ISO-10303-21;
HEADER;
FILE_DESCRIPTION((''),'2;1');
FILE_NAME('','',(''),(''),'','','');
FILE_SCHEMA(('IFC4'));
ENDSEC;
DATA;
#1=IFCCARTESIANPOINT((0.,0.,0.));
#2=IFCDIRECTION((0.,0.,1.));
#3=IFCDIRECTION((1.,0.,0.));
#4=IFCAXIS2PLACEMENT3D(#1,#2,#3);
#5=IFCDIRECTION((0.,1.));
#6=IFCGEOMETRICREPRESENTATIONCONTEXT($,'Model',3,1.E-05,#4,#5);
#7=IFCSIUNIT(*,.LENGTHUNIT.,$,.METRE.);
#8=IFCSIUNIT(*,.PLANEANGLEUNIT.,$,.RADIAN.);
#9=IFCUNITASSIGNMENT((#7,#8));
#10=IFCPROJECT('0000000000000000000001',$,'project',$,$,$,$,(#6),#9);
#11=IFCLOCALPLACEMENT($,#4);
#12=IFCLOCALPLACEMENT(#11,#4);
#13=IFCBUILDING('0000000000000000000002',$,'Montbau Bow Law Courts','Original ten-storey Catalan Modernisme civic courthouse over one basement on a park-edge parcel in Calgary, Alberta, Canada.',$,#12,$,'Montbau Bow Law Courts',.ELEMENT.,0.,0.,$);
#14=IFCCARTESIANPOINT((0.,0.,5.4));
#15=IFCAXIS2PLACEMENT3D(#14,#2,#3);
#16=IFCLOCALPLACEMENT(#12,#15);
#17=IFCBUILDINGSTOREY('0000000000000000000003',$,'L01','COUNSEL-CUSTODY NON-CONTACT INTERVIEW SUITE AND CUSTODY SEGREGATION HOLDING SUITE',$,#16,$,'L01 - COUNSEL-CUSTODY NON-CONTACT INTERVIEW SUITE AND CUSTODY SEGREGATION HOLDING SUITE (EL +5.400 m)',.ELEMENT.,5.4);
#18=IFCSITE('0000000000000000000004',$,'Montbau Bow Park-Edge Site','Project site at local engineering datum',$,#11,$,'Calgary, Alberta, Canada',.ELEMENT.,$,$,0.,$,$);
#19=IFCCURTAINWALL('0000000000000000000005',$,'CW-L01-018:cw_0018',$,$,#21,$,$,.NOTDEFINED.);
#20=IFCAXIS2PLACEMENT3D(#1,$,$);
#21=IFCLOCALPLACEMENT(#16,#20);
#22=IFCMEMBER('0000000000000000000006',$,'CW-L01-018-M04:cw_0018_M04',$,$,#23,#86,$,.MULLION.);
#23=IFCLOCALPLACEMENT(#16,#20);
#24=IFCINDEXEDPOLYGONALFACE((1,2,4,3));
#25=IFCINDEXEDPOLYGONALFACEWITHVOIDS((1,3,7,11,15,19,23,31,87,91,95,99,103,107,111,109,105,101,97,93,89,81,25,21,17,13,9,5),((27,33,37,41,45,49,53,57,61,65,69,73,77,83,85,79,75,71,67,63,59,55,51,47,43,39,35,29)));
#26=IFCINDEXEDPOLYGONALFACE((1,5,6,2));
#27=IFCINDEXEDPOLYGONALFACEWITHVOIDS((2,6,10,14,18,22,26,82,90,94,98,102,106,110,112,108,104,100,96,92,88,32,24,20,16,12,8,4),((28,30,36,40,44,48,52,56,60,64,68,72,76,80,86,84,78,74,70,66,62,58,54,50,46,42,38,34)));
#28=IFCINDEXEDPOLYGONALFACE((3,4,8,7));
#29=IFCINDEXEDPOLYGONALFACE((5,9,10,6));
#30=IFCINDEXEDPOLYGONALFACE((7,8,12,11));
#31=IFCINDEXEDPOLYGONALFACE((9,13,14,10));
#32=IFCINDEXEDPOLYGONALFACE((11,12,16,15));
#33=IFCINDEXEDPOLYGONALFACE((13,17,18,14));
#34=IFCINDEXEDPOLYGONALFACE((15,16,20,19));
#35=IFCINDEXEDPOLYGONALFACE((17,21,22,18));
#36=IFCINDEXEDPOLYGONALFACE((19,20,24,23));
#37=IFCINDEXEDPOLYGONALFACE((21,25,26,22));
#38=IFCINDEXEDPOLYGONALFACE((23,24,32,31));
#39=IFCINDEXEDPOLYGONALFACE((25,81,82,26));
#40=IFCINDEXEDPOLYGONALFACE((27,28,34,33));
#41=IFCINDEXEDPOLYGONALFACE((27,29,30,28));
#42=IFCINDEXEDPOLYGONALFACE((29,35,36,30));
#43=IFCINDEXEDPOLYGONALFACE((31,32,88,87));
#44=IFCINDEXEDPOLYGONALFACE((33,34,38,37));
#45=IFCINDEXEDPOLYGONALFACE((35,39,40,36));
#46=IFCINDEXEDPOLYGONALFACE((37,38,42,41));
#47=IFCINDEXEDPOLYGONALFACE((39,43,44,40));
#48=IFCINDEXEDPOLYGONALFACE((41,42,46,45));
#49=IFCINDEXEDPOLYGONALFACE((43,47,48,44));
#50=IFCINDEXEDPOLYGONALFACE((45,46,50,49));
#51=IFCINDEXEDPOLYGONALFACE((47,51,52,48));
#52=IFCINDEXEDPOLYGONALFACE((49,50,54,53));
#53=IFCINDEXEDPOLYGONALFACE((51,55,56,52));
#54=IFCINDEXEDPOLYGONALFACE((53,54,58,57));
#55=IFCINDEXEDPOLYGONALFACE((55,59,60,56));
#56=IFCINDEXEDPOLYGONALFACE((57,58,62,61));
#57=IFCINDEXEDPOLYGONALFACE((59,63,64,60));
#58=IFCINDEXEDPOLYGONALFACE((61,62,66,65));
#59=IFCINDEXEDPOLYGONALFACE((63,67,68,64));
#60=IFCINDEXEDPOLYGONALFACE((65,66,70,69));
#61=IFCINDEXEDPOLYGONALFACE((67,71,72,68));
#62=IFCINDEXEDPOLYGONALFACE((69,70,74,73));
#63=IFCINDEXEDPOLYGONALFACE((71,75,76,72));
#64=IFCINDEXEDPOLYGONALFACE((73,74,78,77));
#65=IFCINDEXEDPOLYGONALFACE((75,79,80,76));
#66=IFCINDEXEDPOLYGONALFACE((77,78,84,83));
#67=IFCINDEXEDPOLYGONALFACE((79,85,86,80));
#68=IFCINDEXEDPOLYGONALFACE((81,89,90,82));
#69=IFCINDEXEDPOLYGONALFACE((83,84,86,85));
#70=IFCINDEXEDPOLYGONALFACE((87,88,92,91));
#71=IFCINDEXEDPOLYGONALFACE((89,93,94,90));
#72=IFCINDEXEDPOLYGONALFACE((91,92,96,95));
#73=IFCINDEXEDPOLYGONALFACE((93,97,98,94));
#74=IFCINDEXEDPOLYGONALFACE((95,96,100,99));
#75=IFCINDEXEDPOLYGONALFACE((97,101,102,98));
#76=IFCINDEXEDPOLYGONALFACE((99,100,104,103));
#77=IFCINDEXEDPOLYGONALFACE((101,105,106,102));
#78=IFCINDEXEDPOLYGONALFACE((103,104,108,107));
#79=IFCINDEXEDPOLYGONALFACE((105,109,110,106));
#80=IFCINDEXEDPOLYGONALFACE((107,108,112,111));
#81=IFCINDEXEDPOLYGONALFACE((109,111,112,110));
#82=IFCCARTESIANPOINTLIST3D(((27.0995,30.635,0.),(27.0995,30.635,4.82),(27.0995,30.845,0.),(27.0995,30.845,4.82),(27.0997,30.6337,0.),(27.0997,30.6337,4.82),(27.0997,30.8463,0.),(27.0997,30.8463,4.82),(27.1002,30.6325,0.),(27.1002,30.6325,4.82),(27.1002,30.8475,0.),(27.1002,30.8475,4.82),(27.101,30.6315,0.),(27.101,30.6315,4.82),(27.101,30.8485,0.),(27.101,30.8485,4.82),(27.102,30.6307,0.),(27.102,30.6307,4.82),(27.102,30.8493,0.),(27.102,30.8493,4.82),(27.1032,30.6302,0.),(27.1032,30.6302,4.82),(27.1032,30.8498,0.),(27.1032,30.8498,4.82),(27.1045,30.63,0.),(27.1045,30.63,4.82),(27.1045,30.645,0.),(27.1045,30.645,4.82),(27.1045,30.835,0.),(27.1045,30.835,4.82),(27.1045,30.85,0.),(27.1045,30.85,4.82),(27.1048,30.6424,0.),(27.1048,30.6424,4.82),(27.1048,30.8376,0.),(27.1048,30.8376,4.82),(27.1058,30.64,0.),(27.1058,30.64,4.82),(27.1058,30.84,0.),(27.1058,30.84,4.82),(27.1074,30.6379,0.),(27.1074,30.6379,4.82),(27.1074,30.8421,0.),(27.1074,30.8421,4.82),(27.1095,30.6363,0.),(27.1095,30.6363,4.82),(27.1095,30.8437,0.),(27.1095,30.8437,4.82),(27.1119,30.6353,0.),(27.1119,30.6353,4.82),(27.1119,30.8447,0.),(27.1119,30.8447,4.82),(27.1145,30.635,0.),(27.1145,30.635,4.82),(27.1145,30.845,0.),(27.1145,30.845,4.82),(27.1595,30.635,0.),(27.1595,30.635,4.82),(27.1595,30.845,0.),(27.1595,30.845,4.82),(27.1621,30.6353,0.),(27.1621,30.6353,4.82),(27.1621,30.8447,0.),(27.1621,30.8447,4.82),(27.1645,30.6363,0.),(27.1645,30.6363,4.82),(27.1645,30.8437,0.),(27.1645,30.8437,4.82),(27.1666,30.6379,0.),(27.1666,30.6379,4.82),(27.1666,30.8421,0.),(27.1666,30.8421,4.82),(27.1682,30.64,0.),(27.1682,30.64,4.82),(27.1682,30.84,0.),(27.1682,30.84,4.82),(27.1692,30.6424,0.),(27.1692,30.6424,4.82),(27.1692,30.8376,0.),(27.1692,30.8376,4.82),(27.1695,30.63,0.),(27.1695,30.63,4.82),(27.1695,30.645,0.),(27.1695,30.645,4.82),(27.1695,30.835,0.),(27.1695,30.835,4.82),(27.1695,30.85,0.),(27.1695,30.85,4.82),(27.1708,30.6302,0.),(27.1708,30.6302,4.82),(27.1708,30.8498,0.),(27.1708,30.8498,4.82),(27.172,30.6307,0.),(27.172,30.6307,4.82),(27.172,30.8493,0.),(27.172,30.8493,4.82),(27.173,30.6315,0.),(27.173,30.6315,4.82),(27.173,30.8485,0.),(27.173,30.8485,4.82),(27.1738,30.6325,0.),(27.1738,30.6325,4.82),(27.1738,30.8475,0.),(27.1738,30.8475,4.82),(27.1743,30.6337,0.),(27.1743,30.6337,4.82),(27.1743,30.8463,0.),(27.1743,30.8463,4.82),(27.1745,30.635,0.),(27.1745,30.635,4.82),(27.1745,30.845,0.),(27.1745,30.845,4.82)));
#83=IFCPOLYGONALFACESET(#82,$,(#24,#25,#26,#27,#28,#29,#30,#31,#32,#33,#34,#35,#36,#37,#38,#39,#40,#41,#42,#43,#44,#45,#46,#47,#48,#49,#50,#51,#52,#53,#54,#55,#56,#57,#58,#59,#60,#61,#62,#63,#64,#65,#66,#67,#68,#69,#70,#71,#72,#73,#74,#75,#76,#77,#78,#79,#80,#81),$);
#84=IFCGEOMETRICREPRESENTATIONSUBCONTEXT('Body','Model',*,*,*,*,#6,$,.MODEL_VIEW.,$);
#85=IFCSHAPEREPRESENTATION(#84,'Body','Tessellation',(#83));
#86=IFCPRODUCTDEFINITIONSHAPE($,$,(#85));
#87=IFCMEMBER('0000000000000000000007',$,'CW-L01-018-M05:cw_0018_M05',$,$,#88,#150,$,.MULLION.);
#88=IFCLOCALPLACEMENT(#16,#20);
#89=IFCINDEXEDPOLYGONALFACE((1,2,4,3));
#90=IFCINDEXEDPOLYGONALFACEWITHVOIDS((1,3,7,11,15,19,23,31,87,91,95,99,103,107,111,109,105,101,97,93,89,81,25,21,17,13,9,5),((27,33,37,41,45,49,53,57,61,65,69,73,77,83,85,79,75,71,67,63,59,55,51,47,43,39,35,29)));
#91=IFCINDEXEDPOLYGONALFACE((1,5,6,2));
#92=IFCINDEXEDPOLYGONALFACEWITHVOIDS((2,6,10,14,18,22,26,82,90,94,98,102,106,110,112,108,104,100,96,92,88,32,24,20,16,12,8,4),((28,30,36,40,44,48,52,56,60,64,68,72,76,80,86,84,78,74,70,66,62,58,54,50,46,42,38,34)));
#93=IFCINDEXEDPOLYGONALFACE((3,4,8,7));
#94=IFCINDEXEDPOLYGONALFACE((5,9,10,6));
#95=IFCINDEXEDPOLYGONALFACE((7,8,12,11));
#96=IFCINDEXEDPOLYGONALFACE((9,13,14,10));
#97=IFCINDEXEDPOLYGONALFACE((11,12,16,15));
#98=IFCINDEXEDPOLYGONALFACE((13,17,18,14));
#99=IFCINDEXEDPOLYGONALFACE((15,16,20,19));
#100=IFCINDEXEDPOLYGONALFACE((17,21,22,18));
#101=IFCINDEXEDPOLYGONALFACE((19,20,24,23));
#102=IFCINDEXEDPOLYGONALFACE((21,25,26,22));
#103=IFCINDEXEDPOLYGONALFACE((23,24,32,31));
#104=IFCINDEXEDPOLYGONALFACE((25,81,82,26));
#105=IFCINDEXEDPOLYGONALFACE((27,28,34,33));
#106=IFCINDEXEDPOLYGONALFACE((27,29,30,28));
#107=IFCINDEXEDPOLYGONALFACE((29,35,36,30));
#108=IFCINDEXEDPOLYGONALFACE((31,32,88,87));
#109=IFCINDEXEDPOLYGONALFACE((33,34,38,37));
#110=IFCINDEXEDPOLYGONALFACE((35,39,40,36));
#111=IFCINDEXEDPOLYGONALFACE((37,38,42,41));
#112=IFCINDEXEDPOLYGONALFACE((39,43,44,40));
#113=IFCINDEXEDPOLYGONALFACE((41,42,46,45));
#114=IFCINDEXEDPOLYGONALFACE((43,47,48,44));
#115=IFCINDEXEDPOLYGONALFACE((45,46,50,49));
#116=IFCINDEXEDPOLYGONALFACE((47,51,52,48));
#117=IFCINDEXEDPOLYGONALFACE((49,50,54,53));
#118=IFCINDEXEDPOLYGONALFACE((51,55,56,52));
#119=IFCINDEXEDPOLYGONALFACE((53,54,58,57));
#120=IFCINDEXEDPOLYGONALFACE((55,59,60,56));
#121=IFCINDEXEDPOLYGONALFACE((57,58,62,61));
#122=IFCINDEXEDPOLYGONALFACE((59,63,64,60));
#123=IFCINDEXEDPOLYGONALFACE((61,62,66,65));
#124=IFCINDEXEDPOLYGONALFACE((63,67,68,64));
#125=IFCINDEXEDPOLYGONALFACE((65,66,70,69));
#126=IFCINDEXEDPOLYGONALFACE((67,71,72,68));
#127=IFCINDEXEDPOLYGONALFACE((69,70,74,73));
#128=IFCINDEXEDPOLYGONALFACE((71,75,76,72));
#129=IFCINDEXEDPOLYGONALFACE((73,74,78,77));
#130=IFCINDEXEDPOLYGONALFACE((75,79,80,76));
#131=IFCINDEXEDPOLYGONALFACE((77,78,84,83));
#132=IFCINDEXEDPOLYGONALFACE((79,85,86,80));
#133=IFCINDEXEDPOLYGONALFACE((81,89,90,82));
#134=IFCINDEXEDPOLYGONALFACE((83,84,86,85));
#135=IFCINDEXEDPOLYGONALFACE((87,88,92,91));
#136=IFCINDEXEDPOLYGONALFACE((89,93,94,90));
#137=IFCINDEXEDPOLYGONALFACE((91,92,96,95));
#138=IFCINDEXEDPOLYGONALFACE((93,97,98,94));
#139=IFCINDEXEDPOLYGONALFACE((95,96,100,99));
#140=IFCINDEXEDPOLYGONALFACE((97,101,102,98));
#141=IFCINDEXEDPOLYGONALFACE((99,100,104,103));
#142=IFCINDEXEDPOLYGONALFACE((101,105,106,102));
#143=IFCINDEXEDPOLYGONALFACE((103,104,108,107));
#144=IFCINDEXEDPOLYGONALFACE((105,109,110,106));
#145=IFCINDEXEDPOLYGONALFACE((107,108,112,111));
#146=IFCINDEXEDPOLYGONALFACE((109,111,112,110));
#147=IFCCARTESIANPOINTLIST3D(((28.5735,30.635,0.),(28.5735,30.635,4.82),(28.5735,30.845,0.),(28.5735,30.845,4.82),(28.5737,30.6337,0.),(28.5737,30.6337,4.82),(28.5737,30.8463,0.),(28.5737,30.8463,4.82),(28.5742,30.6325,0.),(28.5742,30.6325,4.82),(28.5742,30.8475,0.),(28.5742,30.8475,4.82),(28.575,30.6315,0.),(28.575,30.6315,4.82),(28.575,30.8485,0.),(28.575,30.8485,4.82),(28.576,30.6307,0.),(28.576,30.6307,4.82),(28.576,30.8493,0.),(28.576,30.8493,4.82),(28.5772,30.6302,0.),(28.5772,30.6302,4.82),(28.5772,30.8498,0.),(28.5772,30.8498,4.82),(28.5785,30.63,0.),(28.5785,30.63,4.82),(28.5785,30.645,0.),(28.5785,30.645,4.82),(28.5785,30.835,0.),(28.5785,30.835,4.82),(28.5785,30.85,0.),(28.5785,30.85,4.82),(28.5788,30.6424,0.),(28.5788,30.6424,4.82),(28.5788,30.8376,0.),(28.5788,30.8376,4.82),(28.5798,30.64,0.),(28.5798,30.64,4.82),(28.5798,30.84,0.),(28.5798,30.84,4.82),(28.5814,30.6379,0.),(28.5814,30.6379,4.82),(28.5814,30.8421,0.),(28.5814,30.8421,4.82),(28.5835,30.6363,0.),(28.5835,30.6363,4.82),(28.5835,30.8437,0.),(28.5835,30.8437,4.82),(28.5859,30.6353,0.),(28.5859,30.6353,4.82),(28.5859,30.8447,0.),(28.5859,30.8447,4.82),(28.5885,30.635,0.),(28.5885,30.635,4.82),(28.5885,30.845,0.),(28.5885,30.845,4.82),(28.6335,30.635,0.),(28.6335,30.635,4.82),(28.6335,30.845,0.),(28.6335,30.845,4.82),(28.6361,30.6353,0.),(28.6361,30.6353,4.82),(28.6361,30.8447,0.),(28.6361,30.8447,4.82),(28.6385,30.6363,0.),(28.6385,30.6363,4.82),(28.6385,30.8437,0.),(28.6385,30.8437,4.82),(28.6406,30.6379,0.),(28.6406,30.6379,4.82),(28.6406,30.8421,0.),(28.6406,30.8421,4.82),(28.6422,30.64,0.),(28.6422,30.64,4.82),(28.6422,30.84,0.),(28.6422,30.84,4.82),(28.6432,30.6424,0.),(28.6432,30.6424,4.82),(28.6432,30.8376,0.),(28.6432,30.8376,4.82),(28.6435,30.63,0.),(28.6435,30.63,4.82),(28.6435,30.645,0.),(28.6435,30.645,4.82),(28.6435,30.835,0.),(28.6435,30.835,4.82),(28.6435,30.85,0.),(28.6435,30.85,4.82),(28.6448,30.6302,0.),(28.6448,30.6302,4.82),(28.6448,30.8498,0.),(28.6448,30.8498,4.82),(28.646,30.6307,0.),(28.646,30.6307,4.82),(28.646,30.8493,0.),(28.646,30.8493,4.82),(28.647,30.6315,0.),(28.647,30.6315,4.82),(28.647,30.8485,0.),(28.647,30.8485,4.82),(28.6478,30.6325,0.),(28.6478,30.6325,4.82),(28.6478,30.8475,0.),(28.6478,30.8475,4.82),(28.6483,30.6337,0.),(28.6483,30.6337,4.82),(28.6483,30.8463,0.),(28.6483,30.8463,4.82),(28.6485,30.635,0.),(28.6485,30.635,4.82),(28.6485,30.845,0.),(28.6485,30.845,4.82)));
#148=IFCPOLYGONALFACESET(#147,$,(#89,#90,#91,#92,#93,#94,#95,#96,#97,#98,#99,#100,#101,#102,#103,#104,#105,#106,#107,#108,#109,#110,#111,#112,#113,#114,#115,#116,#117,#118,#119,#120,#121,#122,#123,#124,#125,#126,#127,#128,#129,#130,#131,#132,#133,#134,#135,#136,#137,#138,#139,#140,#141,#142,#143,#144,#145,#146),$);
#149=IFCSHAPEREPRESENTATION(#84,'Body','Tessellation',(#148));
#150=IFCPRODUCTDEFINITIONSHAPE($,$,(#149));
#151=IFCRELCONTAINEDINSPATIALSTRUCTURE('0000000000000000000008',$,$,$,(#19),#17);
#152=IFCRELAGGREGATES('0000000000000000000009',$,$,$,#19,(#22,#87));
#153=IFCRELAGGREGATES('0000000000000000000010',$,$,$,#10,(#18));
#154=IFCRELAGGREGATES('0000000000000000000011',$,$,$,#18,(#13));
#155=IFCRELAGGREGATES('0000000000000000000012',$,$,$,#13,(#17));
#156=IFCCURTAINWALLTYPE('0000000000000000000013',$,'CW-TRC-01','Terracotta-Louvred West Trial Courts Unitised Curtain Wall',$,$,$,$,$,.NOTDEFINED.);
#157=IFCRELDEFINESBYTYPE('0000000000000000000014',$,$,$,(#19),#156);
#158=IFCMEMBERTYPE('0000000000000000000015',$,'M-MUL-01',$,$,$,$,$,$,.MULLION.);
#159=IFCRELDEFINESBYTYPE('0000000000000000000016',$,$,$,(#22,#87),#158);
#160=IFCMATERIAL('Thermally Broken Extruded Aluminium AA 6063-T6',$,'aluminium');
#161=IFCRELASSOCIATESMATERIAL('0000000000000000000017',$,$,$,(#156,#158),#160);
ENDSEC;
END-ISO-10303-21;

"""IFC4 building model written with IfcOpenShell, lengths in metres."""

from ifc_helpers import new_model, si_unit, direction, frame, origin_with_axes, origin_2d_with_axis, place, context, subcontext, project, spatial, hollow_rectangle, extrude, material, material_profile, profile_set, type_object, element, aggregate, save


model = new_model("IFC4")

# Units and contexts
model_context = context("Model", 3, precision=1e-05, world=origin_with_axes(), true_north=direction((0.0, 1.0)))
body_context = subcontext(model_context, "Body", "Model", "MODEL_VIEW")
ifc_project = project(units=[si_unit("LENGTHUNIT", "METRE"), si_unit("PLANEANGLEUNIT", "RADIAN")], contexts=[model_context])

# Site, building, storey
site_placement = place(None, origin_with_axes())
site = spatial("IfcSite", under=ifc_project, at=site_placement, Name="Montbau Bow Park-Edge Site", Description="Project site at local engineering datum", LongName="Calgary, Alberta, Canada", CompositionType="ELEMENT", RefElevation=0.0)
building_placement = place(site_placement, origin_with_axes())
building = spatial("IfcBuilding", under=site, at=building_placement, Name="Montbau Bow Law Courts", Description="Original ten-storey Catalan Modernisme civic courthouse over one basement on a park-edge parcel in Calgary, Alberta, Canada.", LongName="Montbau Bow Law Courts", CompositionType="ELEMENT", ElevationOfRefHeight=0.0, ElevationOfTerrain=0.0)
storey_placement = place(building_placement, frame((0.0, 0.0, 5.4), z_axis=(0.0, 0.0, 1.0), x_axis=(1.0, 0.0, 0.0)))
storey = spatial("IfcBuildingStorey", under=building, at=storey_placement, Name="L01", Description="COUNSEL-CUSTODY NON-CONTACT INTERVIEW SUITE AND CUSTODY SEGREGATION HOLDING SUITE", LongName="L01 - COUNSEL-CUSTODY NON-CONTACT INTERVIEW SUITE AND CUSTODY SEGREGATION HOLDING SUITE (EL +5.400 m)", CompositionType="ELEMENT", Elevation=5.4)

# Curtain wall, members
ifc_material_1 = material(Name="Thermally Broken Extruded Aluminium AA 6063-T6", Category="aluminium")
curtain_wall_type = type_object("IfcCurtainWallType", Name="CW-TRC-01", Description="Terracotta-Louvred West Trial Courts Unitised Curtain Wall", PredefinedType="NOTDEFINED", material=ifc_material_1)
curtain_wall_1_placement = place(None, frame((22.715, 30.74, 5.4), z_axis=(0.0, 0.0, 1.0), x_axis=(1.0, 0.0, 0.0)))
curtain_wall_1 = element("IfcCurtainWall", 1, at=curtain_wall_1_placement, inside=storey, type_object=curtain_wall_type, Name="CW-L01-018:cw_0018", PredefinedType="NOTDEFINED")
ifc_material_profile_1 = material_profile(ifc_material_1, hollow_rectangle(XDim=0.075, YDim=0.22, WallThickness=0.005, InnerFilletRadius=0.01, OuterFilletRadius=0.005, at=origin_2d_with_axis()), Name="CWM-220X75", Category="Main", Priority=0)
ifc_profile_set_1 = profile_set([ifc_material_profile_1], Name="Thermally Broken Extruded Aluminium AA 6063-T6")
member_type_1 = type_object("IfcMemberType", Name="M-MUL-01", PredefinedType="MULLION", material=ifc_profile_set_1)
member_1_placement = place(None, frame((27.137, 30.74, 5.4), z_axis=(0.0, 0.0, 1.0), x_axis=(1.0, 0.0, 0.0)))
member_1 = element("IfcMember", 2, at=member_1_placement, type_object=member_type_1, Name="CW-L01-018-M04:cw_0018_M04", PredefinedType="MULLION", context=body_context, shape_type="SweptSolid", body=[
    extrude(hollow_rectangle(XDim=0.075, YDim=0.22, WallThickness=0.005, InnerFilletRadius=0.01, OuterFilletRadius=0.005, at=origin_2d_with_axis()), origin_with_axes(), (0.0, 0.0, 1.0), 4.82),
])
member_2_placement = place(None, frame((28.611, 30.74, 5.4), z_axis=(0.0, 0.0, 1.0), x_axis=(1.0, 0.0, 0.0)))
member_2 = element("IfcMember", 3, at=member_2_placement, type_object=member_type_1, Name="CW-L01-018-M05:cw_0018_M05", PredefinedType="MULLION", context=body_context, shape_type="SweptSolid", body=[
    extrude(hollow_rectangle(XDim=0.075, YDim=0.22, WallThickness=0.005, InnerFilletRadius=0.01, OuterFilletRadius=0.005, at=origin_2d_with_axis()), origin_with_axes(), (0.0, 0.0, 1.0), 4.82),
])

aggregate(curtain_wall_1, [member_1, member_2])

save(model, "model.ifc")
